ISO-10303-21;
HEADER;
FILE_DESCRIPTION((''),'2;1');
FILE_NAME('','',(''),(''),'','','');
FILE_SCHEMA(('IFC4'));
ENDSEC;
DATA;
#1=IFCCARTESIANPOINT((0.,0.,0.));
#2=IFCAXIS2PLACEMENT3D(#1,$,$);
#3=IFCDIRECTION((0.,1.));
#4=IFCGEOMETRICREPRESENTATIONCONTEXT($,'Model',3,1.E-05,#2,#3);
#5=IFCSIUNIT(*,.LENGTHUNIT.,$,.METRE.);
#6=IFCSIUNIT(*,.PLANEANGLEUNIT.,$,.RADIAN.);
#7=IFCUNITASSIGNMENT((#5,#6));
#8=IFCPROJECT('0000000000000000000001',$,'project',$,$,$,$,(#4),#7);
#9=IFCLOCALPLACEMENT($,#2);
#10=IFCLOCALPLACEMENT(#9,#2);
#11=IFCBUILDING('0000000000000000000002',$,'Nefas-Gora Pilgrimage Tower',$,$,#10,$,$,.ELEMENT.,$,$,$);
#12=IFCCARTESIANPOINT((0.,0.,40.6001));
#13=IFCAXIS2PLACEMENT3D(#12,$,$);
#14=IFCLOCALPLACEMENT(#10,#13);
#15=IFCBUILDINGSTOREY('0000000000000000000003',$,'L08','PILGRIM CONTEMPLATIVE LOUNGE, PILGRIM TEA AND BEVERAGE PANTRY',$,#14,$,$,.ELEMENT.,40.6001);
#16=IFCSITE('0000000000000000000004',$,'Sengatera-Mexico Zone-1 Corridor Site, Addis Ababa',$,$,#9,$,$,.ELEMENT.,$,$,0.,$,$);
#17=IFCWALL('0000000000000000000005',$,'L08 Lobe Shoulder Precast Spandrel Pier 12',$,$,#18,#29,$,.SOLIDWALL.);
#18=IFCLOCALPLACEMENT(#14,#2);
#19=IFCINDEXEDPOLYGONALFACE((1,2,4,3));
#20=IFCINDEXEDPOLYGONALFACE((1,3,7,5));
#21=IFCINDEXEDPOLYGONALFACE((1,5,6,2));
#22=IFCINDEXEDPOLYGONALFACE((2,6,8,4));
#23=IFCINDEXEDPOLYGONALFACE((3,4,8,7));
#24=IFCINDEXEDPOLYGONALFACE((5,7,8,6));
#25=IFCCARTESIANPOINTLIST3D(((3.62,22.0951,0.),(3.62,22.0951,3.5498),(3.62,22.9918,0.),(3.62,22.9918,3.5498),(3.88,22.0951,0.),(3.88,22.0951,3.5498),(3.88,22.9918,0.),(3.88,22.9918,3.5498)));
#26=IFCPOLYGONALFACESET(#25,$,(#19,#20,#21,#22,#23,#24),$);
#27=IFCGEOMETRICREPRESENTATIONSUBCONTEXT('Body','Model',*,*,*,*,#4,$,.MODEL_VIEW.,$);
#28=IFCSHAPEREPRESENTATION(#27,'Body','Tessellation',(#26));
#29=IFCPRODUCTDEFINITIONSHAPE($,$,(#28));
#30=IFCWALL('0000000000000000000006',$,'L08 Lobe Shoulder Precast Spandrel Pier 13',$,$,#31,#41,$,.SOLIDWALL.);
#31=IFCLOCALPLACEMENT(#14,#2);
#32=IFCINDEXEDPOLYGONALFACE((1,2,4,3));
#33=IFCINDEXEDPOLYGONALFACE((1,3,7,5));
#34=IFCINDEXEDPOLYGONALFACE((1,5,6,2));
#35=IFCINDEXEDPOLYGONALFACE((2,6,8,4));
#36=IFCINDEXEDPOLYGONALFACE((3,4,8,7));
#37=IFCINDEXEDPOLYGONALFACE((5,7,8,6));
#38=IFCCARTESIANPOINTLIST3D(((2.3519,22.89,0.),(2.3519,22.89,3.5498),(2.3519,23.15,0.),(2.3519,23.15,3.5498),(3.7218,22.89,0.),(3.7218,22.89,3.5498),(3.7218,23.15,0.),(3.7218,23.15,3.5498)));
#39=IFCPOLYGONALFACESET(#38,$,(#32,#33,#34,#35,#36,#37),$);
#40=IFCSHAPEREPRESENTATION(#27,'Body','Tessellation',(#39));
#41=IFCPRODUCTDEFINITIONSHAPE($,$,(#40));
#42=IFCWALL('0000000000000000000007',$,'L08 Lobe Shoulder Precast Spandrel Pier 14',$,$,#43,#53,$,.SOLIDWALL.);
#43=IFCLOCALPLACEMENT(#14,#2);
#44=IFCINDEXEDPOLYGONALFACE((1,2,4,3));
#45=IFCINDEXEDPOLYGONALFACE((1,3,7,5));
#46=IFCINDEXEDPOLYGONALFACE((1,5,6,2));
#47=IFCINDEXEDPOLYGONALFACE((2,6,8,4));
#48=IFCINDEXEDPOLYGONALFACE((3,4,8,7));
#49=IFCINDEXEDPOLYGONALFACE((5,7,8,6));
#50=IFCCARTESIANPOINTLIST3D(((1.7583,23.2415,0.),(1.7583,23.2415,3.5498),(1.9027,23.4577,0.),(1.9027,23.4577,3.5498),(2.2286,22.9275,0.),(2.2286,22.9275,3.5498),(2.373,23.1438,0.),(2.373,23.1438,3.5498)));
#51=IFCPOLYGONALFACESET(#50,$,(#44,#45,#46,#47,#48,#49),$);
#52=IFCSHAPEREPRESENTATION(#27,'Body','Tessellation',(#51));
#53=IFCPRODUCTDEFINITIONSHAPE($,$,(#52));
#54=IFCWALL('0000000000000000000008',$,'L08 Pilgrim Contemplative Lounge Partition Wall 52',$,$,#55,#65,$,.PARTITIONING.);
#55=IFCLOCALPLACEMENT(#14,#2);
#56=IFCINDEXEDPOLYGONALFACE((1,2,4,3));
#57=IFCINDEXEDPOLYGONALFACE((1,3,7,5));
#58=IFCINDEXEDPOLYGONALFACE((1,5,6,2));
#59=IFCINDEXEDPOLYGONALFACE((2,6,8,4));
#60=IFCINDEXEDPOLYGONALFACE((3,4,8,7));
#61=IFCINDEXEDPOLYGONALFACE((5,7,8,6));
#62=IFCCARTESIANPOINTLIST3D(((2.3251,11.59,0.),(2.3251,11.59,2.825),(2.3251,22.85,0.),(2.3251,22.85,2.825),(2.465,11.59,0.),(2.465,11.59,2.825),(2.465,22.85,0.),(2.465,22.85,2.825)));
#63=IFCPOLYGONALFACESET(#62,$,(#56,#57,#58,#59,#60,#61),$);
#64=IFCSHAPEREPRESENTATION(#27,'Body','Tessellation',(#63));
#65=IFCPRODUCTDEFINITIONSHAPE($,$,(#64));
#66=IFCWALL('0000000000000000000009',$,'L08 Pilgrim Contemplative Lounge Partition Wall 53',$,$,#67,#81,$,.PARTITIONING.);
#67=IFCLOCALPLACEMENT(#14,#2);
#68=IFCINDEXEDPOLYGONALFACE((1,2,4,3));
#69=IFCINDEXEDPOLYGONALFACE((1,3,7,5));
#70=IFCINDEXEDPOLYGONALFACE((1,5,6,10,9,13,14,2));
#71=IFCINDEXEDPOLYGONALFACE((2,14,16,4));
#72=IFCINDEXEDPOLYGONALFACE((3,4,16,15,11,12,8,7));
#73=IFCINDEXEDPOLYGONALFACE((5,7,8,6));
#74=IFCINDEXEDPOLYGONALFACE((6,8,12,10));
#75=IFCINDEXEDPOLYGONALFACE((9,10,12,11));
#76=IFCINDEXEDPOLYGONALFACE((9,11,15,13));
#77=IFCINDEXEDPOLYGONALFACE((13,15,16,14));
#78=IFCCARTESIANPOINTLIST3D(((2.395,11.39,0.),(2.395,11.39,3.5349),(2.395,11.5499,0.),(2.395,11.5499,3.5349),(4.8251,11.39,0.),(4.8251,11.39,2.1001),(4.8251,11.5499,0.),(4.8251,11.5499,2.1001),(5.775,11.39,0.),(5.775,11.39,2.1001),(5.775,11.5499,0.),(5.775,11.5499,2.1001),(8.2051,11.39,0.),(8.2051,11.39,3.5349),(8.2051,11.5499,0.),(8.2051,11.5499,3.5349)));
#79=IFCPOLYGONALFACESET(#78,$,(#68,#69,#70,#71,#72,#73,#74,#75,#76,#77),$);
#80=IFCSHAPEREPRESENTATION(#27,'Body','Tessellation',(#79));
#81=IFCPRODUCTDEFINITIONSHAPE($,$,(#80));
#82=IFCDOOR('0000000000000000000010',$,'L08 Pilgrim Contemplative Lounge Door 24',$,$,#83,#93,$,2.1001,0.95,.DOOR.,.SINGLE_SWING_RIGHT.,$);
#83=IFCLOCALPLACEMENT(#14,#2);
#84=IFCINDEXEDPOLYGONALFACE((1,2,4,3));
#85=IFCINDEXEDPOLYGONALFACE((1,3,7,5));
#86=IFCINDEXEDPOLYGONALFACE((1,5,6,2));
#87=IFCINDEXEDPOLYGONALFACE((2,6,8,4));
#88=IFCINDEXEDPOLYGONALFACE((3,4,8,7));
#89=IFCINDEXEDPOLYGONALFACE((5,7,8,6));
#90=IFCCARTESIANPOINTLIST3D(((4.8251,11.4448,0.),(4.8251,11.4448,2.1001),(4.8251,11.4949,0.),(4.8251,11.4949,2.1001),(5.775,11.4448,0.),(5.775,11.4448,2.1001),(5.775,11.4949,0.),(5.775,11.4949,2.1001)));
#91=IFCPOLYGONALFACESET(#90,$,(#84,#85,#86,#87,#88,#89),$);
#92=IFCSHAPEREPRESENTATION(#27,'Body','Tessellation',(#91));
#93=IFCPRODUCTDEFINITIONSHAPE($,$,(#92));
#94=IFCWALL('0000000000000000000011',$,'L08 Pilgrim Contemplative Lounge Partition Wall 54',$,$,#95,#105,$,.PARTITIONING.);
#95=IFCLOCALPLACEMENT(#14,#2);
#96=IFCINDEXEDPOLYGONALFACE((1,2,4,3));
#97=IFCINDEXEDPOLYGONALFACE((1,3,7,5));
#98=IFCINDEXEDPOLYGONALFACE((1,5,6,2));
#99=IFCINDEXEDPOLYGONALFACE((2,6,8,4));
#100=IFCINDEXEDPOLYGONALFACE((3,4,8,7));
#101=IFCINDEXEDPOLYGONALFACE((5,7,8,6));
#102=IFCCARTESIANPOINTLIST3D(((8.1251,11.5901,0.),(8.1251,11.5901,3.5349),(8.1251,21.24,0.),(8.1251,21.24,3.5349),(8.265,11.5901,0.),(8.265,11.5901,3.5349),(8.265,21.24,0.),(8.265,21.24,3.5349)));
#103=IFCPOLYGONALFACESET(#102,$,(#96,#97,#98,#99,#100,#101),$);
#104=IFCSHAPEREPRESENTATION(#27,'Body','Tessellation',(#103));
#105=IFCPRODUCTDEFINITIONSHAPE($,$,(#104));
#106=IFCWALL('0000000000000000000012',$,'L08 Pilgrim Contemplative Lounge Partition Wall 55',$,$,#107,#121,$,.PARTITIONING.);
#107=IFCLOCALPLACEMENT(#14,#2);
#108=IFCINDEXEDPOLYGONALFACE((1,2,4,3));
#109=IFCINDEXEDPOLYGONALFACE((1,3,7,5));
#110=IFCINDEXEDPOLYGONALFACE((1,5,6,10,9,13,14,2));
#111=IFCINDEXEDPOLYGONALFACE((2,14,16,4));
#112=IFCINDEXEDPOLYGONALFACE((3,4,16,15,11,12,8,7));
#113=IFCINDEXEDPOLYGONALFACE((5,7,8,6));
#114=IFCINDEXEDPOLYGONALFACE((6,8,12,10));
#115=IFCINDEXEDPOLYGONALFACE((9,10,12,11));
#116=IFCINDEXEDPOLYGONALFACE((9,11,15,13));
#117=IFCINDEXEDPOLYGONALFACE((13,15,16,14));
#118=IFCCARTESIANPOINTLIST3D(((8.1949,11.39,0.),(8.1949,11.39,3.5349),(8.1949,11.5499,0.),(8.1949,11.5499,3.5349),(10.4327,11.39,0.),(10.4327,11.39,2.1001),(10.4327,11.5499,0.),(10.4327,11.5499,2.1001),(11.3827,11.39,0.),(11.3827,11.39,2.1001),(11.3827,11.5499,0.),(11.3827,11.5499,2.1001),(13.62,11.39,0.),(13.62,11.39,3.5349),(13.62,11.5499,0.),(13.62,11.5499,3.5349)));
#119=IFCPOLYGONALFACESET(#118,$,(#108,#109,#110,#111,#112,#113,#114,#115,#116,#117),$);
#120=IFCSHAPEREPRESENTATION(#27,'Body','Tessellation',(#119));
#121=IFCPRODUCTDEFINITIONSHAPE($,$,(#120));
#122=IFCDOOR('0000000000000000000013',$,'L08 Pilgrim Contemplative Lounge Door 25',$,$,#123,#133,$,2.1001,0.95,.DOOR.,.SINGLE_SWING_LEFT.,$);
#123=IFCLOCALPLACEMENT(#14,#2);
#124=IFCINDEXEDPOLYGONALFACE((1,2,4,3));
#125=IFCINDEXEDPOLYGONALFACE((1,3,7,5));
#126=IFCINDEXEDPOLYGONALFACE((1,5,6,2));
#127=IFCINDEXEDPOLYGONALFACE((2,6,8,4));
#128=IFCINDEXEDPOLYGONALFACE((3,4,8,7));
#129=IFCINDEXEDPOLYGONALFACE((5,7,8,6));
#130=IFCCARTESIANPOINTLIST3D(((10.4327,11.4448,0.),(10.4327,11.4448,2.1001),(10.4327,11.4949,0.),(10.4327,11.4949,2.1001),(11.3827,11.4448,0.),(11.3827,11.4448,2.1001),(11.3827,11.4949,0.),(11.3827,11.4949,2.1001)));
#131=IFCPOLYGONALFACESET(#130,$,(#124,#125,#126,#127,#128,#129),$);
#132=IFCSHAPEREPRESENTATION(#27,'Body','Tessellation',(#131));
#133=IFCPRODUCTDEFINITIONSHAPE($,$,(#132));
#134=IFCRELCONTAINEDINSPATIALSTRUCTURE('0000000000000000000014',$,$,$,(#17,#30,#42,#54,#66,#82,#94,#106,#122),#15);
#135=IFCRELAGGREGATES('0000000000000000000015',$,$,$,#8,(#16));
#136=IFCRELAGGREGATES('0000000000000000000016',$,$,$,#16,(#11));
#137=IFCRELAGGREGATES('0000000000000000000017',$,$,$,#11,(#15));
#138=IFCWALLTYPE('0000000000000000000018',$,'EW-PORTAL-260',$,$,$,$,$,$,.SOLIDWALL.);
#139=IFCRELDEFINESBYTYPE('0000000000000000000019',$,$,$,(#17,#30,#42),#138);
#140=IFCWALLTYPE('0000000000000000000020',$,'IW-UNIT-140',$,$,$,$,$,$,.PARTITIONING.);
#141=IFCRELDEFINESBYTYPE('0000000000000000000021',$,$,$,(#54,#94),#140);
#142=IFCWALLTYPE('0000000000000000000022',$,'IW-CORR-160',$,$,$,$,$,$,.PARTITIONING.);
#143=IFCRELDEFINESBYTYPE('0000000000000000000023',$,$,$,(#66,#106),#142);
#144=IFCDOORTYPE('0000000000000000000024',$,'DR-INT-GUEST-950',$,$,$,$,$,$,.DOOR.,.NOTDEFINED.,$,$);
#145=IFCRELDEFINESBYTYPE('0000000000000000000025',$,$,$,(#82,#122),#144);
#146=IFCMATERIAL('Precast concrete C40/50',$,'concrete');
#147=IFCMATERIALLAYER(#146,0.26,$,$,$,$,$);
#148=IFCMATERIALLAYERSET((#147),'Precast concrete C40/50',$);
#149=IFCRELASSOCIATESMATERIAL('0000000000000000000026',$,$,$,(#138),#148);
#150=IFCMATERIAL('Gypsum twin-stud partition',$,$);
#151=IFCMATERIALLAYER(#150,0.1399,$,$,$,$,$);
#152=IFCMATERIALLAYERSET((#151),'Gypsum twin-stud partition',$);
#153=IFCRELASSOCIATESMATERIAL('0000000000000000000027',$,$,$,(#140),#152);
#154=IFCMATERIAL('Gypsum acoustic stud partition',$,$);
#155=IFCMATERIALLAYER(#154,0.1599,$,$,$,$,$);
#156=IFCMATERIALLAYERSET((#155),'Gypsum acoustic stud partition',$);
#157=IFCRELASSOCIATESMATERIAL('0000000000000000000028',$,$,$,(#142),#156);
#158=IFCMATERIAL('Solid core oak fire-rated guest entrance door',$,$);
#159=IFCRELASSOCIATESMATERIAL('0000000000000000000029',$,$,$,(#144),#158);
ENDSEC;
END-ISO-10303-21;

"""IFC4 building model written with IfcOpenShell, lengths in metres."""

from ifc_helpers import new_model, si_unit, direction, frame, frame_2d, origin, place, context, subcontext, project, spatial, rectangle, extrude, source, transform, mapped, material, layer, layer_set, type_object, element, fill, save


model = new_model("IFC4")

# Units and contexts
model_context = context("Model", 3, precision=1e-05, world=origin(), true_north=direction((0.0, 1.0)))
body_context = subcontext(model_context, "Body", "Model", "MODEL_VIEW")
ifc_project = project(units=[si_unit("LENGTHUNIT", "METRE"), si_unit("PLANEANGLEUNIT", "RADIAN")], contexts=[model_context])

# Site, building, storey
site_placement = place(None, origin())
site = spatial("IfcSite", under=ifc_project, at=site_placement, Name="Sengatera-Mexico Zone-1 Corridor Site, Addis Ababa", CompositionType="ELEMENT", RefElevation=0.0)
building_placement = place(site_placement, origin())
building = spatial("IfcBuilding", under=site, at=building_placement, Name="Nefas-Gora Pilgrimage Tower", CompositionType="ELEMENT")
storey_placement = place(building_placement, frame((0.0, 0.0, 40.6001)))
storey = spatial("IfcBuildingStorey", under=building, at=storey_placement, Name="L08", Description="PILGRIM CONTEMPLATIVE LOUNGE, PILGRIM TEA AND BEVERAGE PANTRY", CompositionType="ELEMENT", Elevation=40.6001)

# Walls
ifc_material_1 = material(Name="Precast concrete C40/50", Category="concrete")
ifc_layer_1 = layer(ifc_material_1, 0.26)
ifc_layer_set_1 = layer_set([ifc_layer_1], Name="Precast concrete C40/50")
wall_type_1 = type_object("IfcWallType", Name="EW-PORTAL-260", PredefinedType="SOLIDWALL", material=ifc_layer_set_1)
shared_shape_1 = source(origin(), body_context, "Body", "SweptSolid", [
    extrude(rectangle(XDim=0.8967, YDim=0.26, at=frame_2d((0.4482, 0.0))), origin(), (0.0, 0.0, 1.0), 3.5498),
])
wall_1_placement = place(storey_placement, frame((3.75, 22.0952, 0.0), z_axis=(0.0, 0.0, 1.0), x_axis=(0.0, 1.0, 0.0)))
element("IfcWall", 1, at=wall_1_placement, inside=storey, type_object=wall_type_1, Name="L08 Lobe Shoulder Precast Spandrel Pier 12", PredefinedType="SOLIDWALL", context=body_context, shape_type="MappedRepresentation", body=[
    mapped(shared_shape_1, transform((0.0, 0.0, 0.0), x_axis=(1.0, 0.0, 0.0), y_axis=(0.0, 1.0, 0.0), z_axis=(0.0, 0.0, 1.0), scale=1.0)),
])
shared_shape_2 = source(origin(), body_context, "Body", "SweptSolid", [
    extrude(rectangle(XDim=1.3699, YDim=0.26, at=frame_2d((0.6851, 0.0))), origin(), (0.0, 0.0, 1.0), 3.5498),
])
wall_2_placement = place(storey_placement, frame((3.7219, 23.02, 0.0), z_axis=(0.0, 0.0, 1.0), x_axis=(-1.0, 0.0, 0.0)))
element("IfcWall", 2, at=wall_2_placement, inside=storey, type_object=wall_type_1, Name="L08 Lobe Shoulder Precast Spandrel Pier 13", PredefinedType="SOLIDWALL", context=body_context, shape_type="MappedRepresentation", body=[
    mapped(shared_shape_2, transform((0.0, 0.0, 0.0), x_axis=(1.0, 0.0, 0.0), y_axis=(0.0, 1.0, 0.0), z_axis=(0.0, 0.0, 1.0), scale=1.0)),
])
shared_shape_3 = source(origin(), body_context, "Body", "SweptSolid", [
    extrude(rectangle(XDim=0.5654, YDim=0.26, at=frame_2d((0.2827, 0.0))), origin(), (0.0, 0.0, 1.0), 3.5498),
])
wall_3_placement = place(storey_placement, frame((2.3008, 23.0356, 0.0), z_axis=(0.0, 0.0, 1.0), x_axis=(-0.831651, 0.555298, 0.0)))
element("IfcWall", 3, at=wall_3_placement, inside=storey, type_object=wall_type_1, Name="L08 Lobe Shoulder Precast Spandrel Pier 14", PredefinedType="SOLIDWALL", context=body_context, shape_type="MappedRepresentation", body=[
    mapped(shared_shape_3, transform((0.0, 0.0, 0.0), x_axis=(1.0, 0.0, 0.0), y_axis=(0.0, 1.0, 0.0), z_axis=(0.0, 0.0, 1.0), scale=1.0)),
])
ifc_material_2 = material(Name="Gypsum twin-stud partition")
ifc_layer_2 = layer(ifc_material_2, 0.1399)
ifc_layer_set_2 = layer_set([ifc_layer_2], Name="Gypsum twin-stud partition")
wall_type_2 = type_object("IfcWallType", Name="IW-UNIT-140", PredefinedType="PARTITIONING", material=ifc_layer_set_2)
shared_shape_4 = source(origin(), body_context, "Body", "SweptSolid", [
    extrude(rectangle(XDim=11.26, YDim=0.1399, at=frame_2d((5.6299, 0.0))), origin(), (0.0, 0.0, 1.0), 2.825),
])
wall_4_placement = place(storey_placement, frame((2.395, 11.5901, 0.0), z_axis=(0.0, 0.0, 1.0), x_axis=(0.0, 1.0, 0.0)))
element("IfcWall", 4, at=wall_4_placement, inside=storey, type_object=wall_type_2, Name="L08 Pilgrim Contemplative Lounge Partition Wall 52", PredefinedType="PARTITIONING", context=body_context, shape_type="MappedRepresentation", body=[
    mapped(shared_shape_4, transform((0.0, 0.0, 0.0), x_axis=(1.0, 0.0, 0.0), y_axis=(0.0, 1.0, 0.0), z_axis=(0.0, 0.0, 1.0), scale=1.0)),
])

# Wall, opening, door
ifc_material_3 = material(Name="Gypsum acoustic stud partition")
ifc_layer_3 = layer(ifc_material_3, 0.1599)
ifc_layer_set_3 = layer_set([ifc_layer_3], Name="Gypsum acoustic stud partition")
wall_type_3 = type_object("IfcWallType", Name="IW-CORR-160", PredefinedType="PARTITIONING", material=ifc_layer_set_3)
shared_shape_5 = source(origin(), body_context, "Body", "SweptSolid", [
    extrude(rectangle(XDim=5.8101, YDim=0.1599, at=frame_2d((2.905, 0.0))), origin(), (0.0, 0.0, 1.0), 3.5349),
])
wall_5_placement = place(storey_placement, frame((2.395, 11.47, 0.0), z_axis=(0.0, 0.0, 1.0), x_axis=(1.0, 0.0, 0.0)))
wall_5 = element("IfcWall", 5, at=wall_5_placement, inside=storey, type_object=wall_type_3, Name="L08 Pilgrim Contemplative Lounge Partition Wall 53", PredefinedType="PARTITIONING", context=body_context, shape_type="MappedRepresentation", body=[
    mapped(shared_shape_5, transform((0.0, 0.0, 0.0), x_axis=(1.0, 0.0, 0.0), y_axis=(0.0, 1.0, 0.0), z_axis=(0.0, 0.0, 1.0), scale=1.0)),
])
opening_1_placement = place(wall_5_placement, frame((2.4299, 0.0, 0.0)))
opening_1 = element("IfcOpeningElement", 6, at=opening_1_placement, cuts=wall_5, PredefinedType="OPENING", context=body_context, shape_type="SweptSolid", body=[
    extrude(rectangle(XDim=0.95, YDim=2.1001, at=frame_2d((0.4751, 1.05))), frame((0.0, 0.0898, 0.0), z_axis=(0.0, -1.0, 0.0), x_axis=(1.0, 0.0, 0.0)), (0.0, 0.0, 1.0), 0.1799),
])
ifc_material_4 = material(Name="Solid core oak fire-rated guest entrance door")
door_type = type_object("IfcDoorType", Name="DR-INT-GUEST-950", OperationType="NOTDEFINED", PredefinedType="DOOR", material=ifc_material_4)
shared_shape_6 = source(origin(), body_context, "Body", "SweptSolid", [
    extrude(rectangle(XDim=0.95, YDim=2.1001, at=frame_2d((0.4751, 1.05))), frame((0.0, 0.0249, 0.0), z_axis=(0.0, -1.0, 0.0), x_axis=(1.0, 0.0, 0.0)), (0.0, 0.0, 1.0), 0.05),
])
door_1_placement = place(opening_1_placement, origin())
door_1 = element("IfcDoor", 7, at=door_1_placement, inside=storey, type_object=door_type, Name="L08 Pilgrim Contemplative Lounge Door 24", OperationType="SINGLE_SWING_RIGHT", OverallHeight=2.1001, OverallWidth=0.95, PredefinedType="DOOR", context=body_context, shape_type="MappedRepresentation", body=[
    mapped(shared_shape_6, transform((0.0, 0.0, 0.0), x_axis=(1.0, 0.0, 0.0), y_axis=(0.0, 1.0, 0.0), z_axis=(0.0, 0.0, 1.0), scale=1.0)),
])
fill(opening_1, door_1)

# Wall
shared_shape_7 = source(origin(), body_context, "Body", "SweptSolid", [
    extrude(rectangle(XDim=9.6499, YDim=0.1399, at=frame_2d((4.825, 0.0))), origin(), (0.0, 0.0, 1.0), 3.5349),
])
wall_6_placement = place(storey_placement, frame((8.1951, 11.5901, 0.0), z_axis=(0.0, 0.0, 1.0), x_axis=(0.0, 1.0, 0.0)))
element("IfcWall", 8, at=wall_6_placement, inside=storey, type_object=wall_type_2, Name="L08 Pilgrim Contemplative Lounge Partition Wall 54", PredefinedType="PARTITIONING", context=body_context, shape_type="MappedRepresentation", body=[
    mapped(shared_shape_7, transform((0.0, 0.0, 0.0), x_axis=(1.0, 0.0, 0.0), y_axis=(0.0, 1.0, 0.0), z_axis=(0.0, 0.0, 1.0), scale=1.0)),
])

# Wall, opening, door
shared_shape_8 = source(origin(), body_context, "Body", "SweptSolid", [
    extrude(rectangle(XDim=5.425, YDim=0.1599, at=frame_2d((2.7124, 0.0))), origin(), (0.0, 0.0, 1.0), 3.5349),
])
wall_7_placement = place(storey_placement, frame((8.1951, 11.47, 0.0), z_axis=(0.0, 0.0, 1.0), x_axis=(1.0, 0.0, 0.0)))
wall_7 = element("IfcWall", 9, at=wall_7_placement, inside=storey, type_object=wall_type_3, Name="L08 Pilgrim Contemplative Lounge Partition Wall 55", PredefinedType="PARTITIONING", context=body_context, shape_type="MappedRepresentation", body=[
    mapped(shared_shape_8, transform((0.0, 0.0, 0.0), x_axis=(1.0, 0.0, 0.0), y_axis=(0.0, 1.0, 0.0), z_axis=(0.0, 0.0, 1.0), scale=1.0)),
])
opening_2_placement = place(wall_7_placement, frame((2.2375, 0.0, 0.0)))
opening_2 = element("IfcOpeningElement", 10, at=opening_2_placement, cuts=wall_7, PredefinedType="OPENING", context=body_context, shape_type="SweptSolid", body=[
    extrude(rectangle(XDim=0.95, YDim=2.1001, at=frame_2d((0.4751, 1.05))), frame((0.0, 0.0898, 0.0), z_axis=(0.0, -1.0, 0.0), x_axis=(1.0, 0.0, 0.0)), (0.0, 0.0, 1.0), 0.1799),
])
door_2_placement = place(opening_2_placement, origin())
door_2 = element("IfcDoor", 11, at=door_2_placement, inside=storey, type_object=door_type, Name="L08 Pilgrim Contemplative Lounge Door 25", OperationType="SINGLE_SWING_LEFT", OverallHeight=2.1001, OverallWidth=0.95, PredefinedType="DOOR", context=body_context, shape_type="MappedRepresentation", body=[
    mapped(shared_shape_6, transform((0.0, 0.0, 0.0), x_axis=(1.0, 0.0, 0.0), y_axis=(0.0, 1.0, 0.0), z_axis=(0.0, 0.0, 1.0), scale=1.0)),
])
fill(opening_2, door_2)

save(model, "model.ifc")
